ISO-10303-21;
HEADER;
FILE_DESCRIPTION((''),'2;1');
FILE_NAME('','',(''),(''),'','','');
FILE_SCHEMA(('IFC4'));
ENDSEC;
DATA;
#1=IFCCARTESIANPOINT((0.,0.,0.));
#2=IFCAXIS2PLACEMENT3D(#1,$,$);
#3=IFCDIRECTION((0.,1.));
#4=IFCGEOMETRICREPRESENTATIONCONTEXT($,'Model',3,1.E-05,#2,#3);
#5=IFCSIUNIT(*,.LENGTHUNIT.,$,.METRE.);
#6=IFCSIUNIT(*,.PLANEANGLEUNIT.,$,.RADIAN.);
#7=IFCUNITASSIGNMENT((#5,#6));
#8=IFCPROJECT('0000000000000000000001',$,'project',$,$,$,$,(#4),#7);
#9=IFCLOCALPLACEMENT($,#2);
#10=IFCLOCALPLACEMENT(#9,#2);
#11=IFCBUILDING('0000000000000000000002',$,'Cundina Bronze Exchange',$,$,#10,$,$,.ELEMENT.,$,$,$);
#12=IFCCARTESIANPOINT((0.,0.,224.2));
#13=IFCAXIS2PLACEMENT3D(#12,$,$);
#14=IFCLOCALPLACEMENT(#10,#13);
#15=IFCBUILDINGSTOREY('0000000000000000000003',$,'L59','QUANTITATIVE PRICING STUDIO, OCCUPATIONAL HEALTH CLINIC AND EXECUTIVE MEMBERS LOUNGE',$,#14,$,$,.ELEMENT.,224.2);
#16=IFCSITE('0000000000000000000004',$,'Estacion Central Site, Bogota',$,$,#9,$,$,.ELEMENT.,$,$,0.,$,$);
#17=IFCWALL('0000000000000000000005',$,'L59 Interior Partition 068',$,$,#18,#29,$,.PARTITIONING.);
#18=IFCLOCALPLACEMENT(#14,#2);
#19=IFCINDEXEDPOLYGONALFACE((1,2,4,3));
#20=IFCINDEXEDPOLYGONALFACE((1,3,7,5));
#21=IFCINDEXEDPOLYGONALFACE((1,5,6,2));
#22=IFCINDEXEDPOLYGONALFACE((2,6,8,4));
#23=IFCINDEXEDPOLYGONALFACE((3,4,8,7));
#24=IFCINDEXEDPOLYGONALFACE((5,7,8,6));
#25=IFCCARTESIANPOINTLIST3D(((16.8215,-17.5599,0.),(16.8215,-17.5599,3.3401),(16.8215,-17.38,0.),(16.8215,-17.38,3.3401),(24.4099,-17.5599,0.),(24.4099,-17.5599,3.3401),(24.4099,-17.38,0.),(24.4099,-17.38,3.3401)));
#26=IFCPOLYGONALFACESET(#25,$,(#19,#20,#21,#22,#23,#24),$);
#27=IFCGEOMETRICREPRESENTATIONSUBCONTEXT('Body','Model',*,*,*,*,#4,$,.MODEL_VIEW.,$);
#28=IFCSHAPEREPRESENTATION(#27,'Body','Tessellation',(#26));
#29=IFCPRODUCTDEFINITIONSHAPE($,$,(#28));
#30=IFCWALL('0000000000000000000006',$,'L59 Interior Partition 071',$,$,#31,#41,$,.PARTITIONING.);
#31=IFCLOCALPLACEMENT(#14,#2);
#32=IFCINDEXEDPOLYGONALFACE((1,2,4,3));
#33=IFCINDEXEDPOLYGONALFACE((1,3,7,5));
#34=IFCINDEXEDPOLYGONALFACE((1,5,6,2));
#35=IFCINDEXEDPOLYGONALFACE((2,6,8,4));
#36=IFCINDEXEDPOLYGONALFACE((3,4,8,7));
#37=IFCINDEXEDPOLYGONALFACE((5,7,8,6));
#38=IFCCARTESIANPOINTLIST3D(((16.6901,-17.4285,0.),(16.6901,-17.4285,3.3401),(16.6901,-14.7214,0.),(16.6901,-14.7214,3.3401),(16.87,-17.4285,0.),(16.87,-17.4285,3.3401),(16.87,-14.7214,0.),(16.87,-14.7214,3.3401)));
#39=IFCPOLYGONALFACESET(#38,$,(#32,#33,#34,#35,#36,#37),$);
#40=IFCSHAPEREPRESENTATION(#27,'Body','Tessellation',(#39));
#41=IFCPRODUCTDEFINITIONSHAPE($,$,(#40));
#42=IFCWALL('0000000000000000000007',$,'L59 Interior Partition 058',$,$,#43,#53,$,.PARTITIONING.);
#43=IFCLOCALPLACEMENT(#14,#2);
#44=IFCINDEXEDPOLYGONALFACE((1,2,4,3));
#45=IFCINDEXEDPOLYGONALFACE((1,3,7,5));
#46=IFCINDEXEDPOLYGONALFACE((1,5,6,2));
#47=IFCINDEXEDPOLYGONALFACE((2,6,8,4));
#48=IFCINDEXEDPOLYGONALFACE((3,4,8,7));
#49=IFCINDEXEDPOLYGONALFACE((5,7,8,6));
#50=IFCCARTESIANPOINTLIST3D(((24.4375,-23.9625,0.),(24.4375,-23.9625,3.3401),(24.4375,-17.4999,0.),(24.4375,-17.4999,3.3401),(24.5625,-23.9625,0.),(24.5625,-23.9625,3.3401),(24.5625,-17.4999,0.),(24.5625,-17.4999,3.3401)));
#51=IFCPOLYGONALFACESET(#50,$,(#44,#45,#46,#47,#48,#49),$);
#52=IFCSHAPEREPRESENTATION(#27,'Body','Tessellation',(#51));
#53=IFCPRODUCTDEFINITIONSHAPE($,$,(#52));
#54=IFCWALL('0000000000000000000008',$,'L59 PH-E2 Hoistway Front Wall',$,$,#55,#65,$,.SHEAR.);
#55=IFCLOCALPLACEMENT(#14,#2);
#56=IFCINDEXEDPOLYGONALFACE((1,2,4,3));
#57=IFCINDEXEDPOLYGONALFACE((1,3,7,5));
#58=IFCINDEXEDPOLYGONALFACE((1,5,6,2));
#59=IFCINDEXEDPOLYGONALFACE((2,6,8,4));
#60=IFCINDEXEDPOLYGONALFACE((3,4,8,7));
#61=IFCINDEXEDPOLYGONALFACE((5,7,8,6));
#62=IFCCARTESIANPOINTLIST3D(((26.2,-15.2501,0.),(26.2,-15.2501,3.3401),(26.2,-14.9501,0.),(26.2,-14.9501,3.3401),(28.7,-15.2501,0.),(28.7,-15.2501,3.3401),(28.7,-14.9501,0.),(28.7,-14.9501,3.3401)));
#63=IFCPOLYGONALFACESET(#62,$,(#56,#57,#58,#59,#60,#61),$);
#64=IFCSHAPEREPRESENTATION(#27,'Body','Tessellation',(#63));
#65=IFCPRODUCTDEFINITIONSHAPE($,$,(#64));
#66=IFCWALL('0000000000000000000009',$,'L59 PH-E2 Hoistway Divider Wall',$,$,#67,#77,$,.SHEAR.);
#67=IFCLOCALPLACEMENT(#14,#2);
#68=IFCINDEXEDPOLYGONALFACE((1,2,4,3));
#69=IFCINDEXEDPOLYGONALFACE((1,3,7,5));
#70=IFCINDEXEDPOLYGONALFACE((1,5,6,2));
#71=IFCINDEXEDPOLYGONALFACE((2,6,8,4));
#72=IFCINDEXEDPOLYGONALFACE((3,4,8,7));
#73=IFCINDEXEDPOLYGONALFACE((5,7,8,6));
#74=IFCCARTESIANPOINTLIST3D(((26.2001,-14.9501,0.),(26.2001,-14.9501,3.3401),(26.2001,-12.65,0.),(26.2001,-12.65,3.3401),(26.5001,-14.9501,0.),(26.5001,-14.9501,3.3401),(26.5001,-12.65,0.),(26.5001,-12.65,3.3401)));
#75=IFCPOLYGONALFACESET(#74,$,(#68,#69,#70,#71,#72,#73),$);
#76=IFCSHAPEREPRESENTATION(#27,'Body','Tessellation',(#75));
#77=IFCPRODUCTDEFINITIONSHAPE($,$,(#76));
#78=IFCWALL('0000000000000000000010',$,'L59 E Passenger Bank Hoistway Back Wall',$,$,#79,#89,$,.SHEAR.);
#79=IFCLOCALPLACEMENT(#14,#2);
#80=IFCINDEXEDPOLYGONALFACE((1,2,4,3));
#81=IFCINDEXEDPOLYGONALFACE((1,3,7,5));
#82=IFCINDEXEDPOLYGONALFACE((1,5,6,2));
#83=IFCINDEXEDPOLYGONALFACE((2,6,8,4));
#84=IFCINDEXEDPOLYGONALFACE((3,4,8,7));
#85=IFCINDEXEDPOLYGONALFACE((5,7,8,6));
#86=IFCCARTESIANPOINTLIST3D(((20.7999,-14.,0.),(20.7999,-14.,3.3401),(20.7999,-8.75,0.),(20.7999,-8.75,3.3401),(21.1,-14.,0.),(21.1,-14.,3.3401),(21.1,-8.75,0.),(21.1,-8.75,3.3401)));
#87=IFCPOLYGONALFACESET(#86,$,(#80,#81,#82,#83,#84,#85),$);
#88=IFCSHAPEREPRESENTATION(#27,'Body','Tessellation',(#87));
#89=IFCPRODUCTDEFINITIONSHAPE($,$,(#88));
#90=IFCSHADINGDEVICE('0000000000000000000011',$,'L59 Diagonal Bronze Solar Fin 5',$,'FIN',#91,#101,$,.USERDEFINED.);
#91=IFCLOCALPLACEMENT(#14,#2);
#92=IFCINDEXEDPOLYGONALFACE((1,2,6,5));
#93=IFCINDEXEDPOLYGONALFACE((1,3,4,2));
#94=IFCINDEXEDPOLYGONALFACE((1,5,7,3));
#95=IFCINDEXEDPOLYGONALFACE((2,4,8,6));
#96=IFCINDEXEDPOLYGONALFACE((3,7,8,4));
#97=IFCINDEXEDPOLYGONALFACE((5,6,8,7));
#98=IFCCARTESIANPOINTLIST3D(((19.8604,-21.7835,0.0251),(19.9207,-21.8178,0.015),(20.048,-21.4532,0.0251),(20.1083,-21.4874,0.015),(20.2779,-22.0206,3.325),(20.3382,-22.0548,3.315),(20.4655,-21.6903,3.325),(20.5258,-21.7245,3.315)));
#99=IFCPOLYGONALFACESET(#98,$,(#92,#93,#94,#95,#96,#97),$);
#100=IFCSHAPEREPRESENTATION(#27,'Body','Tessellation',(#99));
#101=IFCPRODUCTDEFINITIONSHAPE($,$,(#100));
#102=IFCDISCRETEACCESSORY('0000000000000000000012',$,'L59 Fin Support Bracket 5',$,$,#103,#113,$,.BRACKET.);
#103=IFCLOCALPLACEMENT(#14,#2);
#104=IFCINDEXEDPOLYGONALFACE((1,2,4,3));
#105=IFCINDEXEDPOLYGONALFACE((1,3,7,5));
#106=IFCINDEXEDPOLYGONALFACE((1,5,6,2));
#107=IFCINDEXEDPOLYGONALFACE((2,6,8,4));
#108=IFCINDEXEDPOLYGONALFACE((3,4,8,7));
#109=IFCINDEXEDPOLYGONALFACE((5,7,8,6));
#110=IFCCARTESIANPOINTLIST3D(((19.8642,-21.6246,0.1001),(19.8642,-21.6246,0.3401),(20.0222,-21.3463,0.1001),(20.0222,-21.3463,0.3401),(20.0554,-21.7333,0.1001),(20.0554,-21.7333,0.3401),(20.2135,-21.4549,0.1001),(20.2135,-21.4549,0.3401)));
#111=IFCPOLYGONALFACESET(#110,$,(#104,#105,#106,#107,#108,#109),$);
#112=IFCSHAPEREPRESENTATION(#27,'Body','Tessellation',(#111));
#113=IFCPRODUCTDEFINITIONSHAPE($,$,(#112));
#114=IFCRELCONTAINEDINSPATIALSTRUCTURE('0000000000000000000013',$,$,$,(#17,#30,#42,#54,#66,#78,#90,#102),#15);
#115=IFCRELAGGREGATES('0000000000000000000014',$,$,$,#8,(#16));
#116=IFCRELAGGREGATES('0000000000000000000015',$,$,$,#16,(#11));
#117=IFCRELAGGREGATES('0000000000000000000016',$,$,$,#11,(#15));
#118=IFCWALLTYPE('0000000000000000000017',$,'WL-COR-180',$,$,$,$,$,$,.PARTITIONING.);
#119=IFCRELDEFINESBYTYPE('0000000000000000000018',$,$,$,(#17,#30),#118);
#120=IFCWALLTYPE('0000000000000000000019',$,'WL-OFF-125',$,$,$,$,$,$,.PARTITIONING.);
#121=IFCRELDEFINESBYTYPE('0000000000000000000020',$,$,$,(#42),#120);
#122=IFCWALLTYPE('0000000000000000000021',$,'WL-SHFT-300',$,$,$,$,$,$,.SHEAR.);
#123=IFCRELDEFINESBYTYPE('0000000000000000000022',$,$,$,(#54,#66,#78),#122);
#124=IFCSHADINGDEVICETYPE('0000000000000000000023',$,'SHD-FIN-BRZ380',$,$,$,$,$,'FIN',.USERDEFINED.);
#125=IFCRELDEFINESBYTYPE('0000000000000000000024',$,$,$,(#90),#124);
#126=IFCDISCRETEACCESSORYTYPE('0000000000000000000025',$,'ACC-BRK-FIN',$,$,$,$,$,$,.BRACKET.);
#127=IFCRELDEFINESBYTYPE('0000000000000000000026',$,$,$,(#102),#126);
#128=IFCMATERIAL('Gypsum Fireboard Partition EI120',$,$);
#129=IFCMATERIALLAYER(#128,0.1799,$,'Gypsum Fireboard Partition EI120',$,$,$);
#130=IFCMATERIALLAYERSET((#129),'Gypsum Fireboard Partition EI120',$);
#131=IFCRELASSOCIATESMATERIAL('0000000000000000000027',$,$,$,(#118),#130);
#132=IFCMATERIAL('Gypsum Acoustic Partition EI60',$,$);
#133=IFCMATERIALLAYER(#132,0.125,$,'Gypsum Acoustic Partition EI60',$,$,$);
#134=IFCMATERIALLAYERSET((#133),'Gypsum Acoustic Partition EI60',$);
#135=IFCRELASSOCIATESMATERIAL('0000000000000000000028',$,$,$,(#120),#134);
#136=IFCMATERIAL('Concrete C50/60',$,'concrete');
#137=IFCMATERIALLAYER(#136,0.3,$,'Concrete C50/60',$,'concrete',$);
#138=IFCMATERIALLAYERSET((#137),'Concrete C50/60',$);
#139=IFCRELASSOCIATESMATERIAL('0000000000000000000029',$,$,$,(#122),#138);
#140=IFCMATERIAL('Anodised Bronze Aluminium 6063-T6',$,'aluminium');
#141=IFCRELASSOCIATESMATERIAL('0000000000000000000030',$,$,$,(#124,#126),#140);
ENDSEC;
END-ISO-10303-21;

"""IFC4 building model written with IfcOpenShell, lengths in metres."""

from ifc_helpers import new_model, si_unit, direction, frame, frame_2d, origin, origin_2d, place, context, subcontext, project, spatial, rectangle, extrude, material, layer, layer_set, material_profile, profile_set, type_object, element, save


model = new_model("IFC4")

# Units and contexts
model_context = context("Model", 3, precision=1e-05, world=origin(), true_north=direction((0.0, 1.0)))
body_context = subcontext(model_context, "Body", "Model", "MODEL_VIEW")
ifc_project = project(units=[si_unit("LENGTHUNIT", "METRE"), si_unit("PLANEANGLEUNIT", "RADIAN")], contexts=[model_context])

# Site, building, storey
site_placement = place(None, origin())
site = spatial("IfcSite", under=ifc_project, at=site_placement, Name="Estacion Central Site, Bogota", CompositionType="ELEMENT", RefElevation=0.0)
building_placement = place(site_placement, origin())
building = spatial("IfcBuilding", under=site, at=building_placement, Name="Cundina Bronze Exchange", CompositionType="ELEMENT")
storey_placement = place(building_placement, frame((0.0, 0.0, 224.2)))
storey = spatial("IfcBuildingStorey", under=building, at=storey_placement, Name="L59", Description="QUANTITATIVE PRICING STUDIO, OCCUPATIONAL HEALTH CLINIC AND EXECUTIVE MEMBERS LOUNGE", CompositionType="ELEMENT", Elevation=224.2)

# Shared definitions
ifc_material_1 = material(Name="Concrete C50/60", Category="concrete")

# Shared definitions
ifc_material_2 = material(Name="Anodised Bronze Aluminium 6063-T6", Category="aluminium")

# Shared definitions
ifc_material_3 = material(Name="Gypsum Fireboard Partition EI120")
ifc_layer_1 = layer(ifc_material_3, 0.1799, Name="Gypsum Fireboard Partition EI120")
ifc_layer_set_1 = layer_set([ifc_layer_1], Name="Gypsum Fireboard Partition EI120")
wall_type_1 = type_object("IfcWallType", Name="WL-COR-180", PredefinedType="PARTITIONING", material=ifc_layer_set_1)

# Walls
wall_1_placement = place(storey_placement, frame((16.8215, -17.47, 0.0), z_axis=(0.0, 0.0, 1.0), x_axis=(1.0, 0.0, 0.0)))
element("IfcWall", 1, at=wall_1_placement, inside=storey, type_object=wall_type_1, Name="L59 Interior Partition 068", PredefinedType="PARTITIONING", context=body_context, shape_type="SweptSolid", body=[
    extrude(rectangle(XDim=7.5884, YDim=0.1799, at=frame_2d((3.7942, 0.0))), origin(), (0.0, 0.0, 1.0), 3.3401),
])
wall_2_placement = place(storey_placement, frame((16.78, -14.7214, 0.0), z_axis=(0.0, 0.0, 1.0), x_axis=(0.0, -1.0, 0.0)))
element("IfcWall", 2, at=wall_2_placement, inside=storey, type_object=wall_type_1, Name="L59 Interior Partition 071", PredefinedType="PARTITIONING", context=body_context, shape_type="SweptSolid", body=[
    extrude(rectangle(XDim=2.707, YDim=0.1799, at=frame_2d((1.3535, 0.0))), origin(), (0.0, 0.0, 1.0), 3.3401),
])
ifc_material_4 = material(Name="Gypsum Acoustic Partition EI60")
ifc_layer_2 = layer(ifc_material_4, 0.125, Name="Gypsum Acoustic Partition EI60")
ifc_layer_set_2 = layer_set([ifc_layer_2], Name="Gypsum Acoustic Partition EI60")
wall_type_2 = type_object("IfcWallType", Name="WL-OFF-125", PredefinedType="PARTITIONING", material=ifc_layer_set_2)
wall_3_placement = place(storey_placement, frame((24.5, -23.9626, 0.0), z_axis=(0.0, 0.0, 1.0), x_axis=(0.0, 1.0, 0.0)))
element("IfcWall", 3, at=wall_3_placement, inside=storey, type_object=wall_type_2, Name="L59 Interior Partition 058", PredefinedType="PARTITIONING", context=body_context, shape_type="SweptSolid", body=[
    extrude(rectangle(XDim=6.4626, YDim=0.125, at=frame_2d((3.2314, 0.0))), origin(), (0.0, 0.0, 1.0), 3.3401),
])
ifc_layer_3 = layer(ifc_material_1, 0.3, Name="Concrete C50/60", Category="concrete")
ifc_layer_set_3 = layer_set([ifc_layer_3], Name="Concrete C50/60")
wall_type_3 = type_object("IfcWallType", Name="WL-SHFT-300", PredefinedType="SHEAR", material=ifc_layer_set_3)
wall_4_placement = place(storey_placement, frame((26.2, -15.1001, 0.0), z_axis=(0.0, 0.0, 1.0), x_axis=(1.0, 0.0, 0.0)))
element("IfcWall", 4, at=wall_4_placement, inside=storey, type_object=wall_type_3, Name="L59 PH-E2 Hoistway Front Wall", PredefinedType="SHEAR", context=body_context, shape_type="SweptSolid", body=[
    extrude(rectangle(XDim=2.5, YDim=0.3, at=frame_2d((1.25, 0.0))), origin(), (0.0, 0.0, 1.0), 3.3401),
])
wall_5_placement = place(storey_placement, frame((26.3501, -14.95, 0.0), z_axis=(0.0, 0.0, 1.0), x_axis=(0.0, 1.0, 0.0)))
element("IfcWall", 5, at=wall_5_placement, inside=storey, type_object=wall_type_3, Name="L59 PH-E2 Hoistway Divider Wall", PredefinedType="SHEAR", context=body_context, shape_type="SweptSolid", body=[
    extrude(rectangle(XDim=2.3, YDim=0.3, at=frame_2d((1.1499, 0.0))), origin(), (0.0, 0.0, 1.0), 3.3401),
])
wall_6_placement = place(storey_placement, frame((20.95, -14.0, 0.0), z_axis=(0.0, 0.0, 1.0), x_axis=(0.0, 1.0, 0.0)))
element("IfcWall", 6, at=wall_6_placement, inside=storey, type_object=wall_type_3, Name="L59 E Passenger Bank Hoistway Back Wall", PredefinedType="SHEAR", context=body_context, shape_type="SweptSolid", body=[
    extrude(rectangle(XDim=5.25, YDim=0.3, at=frame_2d((2.625, 0.0))), origin(), (0.0, 0.0, 1.0), 3.3401),
])

# Shading device
ifc_material_profile_1 = material_profile(ifc_material_2, rectangle(XDim=0.0701, YDim=0.3799, at=origin_2d()), Name="FIN70X380", Category="aluminium")
ifc_profile_set_1 = profile_set([ifc_material_profile_1], Name="Anodised Bronze Aluminium 6063-T6")
shading_device_type = type_object("IfcShadingDeviceType", Name="SHD-FIN-BRZ380", ElementType="FIN", PredefinedType="USERDEFINED", material=ifc_profile_set_1)
shading_device_placement = place(storey_placement, frame((19.9844, -21.6355, 0.02), z_axis=(0.12519, -0.071087, 0.989583), x_axis=(-0.860527, 0.488638, 0.143965)))
element("IfcShadingDevice", 7, at=shading_device_placement, inside=storey, type_object=shading_device_type, Name="L59 Diagonal Bronze Solar Fin 5", ObjectType="FIN", PredefinedType="USERDEFINED", context=body_context, shape_type="SweptSolid", body=[
    extrude(rectangle(XDim=0.0701, YDim=0.3799, at=origin_2d()), origin(), (0.0, 0.0, 1.0), 3.3347),
])

# Discrete accessory
discrete_accessory_type = type_object("IfcDiscreteAccessoryType", Name="ACC-BRK-FIN", PredefinedType="BRACKET", material=ifc_material_2)
discrete_accessory_placement = place(storey_placement, frame((20.0388, -21.5398, 0.1001), z_axis=(0.0, 0.0, 1.0), x_axis=(0.869573, -0.493805, 0.0)))
element("IfcDiscreteAccessory", 8, at=discrete_accessory_placement, inside=storey, type_object=discrete_accessory_type, Name="L59 Fin Support Bracket 5", PredefinedType="BRACKET", context=body_context, shape_type="SweptSolid", body=[
    extrude(rectangle(XDim=0.22, YDim=0.3201, at=origin_2d()), origin(), (0.0, 0.0, 1.0), 0.24),
])

save(model, "model.ifc")
